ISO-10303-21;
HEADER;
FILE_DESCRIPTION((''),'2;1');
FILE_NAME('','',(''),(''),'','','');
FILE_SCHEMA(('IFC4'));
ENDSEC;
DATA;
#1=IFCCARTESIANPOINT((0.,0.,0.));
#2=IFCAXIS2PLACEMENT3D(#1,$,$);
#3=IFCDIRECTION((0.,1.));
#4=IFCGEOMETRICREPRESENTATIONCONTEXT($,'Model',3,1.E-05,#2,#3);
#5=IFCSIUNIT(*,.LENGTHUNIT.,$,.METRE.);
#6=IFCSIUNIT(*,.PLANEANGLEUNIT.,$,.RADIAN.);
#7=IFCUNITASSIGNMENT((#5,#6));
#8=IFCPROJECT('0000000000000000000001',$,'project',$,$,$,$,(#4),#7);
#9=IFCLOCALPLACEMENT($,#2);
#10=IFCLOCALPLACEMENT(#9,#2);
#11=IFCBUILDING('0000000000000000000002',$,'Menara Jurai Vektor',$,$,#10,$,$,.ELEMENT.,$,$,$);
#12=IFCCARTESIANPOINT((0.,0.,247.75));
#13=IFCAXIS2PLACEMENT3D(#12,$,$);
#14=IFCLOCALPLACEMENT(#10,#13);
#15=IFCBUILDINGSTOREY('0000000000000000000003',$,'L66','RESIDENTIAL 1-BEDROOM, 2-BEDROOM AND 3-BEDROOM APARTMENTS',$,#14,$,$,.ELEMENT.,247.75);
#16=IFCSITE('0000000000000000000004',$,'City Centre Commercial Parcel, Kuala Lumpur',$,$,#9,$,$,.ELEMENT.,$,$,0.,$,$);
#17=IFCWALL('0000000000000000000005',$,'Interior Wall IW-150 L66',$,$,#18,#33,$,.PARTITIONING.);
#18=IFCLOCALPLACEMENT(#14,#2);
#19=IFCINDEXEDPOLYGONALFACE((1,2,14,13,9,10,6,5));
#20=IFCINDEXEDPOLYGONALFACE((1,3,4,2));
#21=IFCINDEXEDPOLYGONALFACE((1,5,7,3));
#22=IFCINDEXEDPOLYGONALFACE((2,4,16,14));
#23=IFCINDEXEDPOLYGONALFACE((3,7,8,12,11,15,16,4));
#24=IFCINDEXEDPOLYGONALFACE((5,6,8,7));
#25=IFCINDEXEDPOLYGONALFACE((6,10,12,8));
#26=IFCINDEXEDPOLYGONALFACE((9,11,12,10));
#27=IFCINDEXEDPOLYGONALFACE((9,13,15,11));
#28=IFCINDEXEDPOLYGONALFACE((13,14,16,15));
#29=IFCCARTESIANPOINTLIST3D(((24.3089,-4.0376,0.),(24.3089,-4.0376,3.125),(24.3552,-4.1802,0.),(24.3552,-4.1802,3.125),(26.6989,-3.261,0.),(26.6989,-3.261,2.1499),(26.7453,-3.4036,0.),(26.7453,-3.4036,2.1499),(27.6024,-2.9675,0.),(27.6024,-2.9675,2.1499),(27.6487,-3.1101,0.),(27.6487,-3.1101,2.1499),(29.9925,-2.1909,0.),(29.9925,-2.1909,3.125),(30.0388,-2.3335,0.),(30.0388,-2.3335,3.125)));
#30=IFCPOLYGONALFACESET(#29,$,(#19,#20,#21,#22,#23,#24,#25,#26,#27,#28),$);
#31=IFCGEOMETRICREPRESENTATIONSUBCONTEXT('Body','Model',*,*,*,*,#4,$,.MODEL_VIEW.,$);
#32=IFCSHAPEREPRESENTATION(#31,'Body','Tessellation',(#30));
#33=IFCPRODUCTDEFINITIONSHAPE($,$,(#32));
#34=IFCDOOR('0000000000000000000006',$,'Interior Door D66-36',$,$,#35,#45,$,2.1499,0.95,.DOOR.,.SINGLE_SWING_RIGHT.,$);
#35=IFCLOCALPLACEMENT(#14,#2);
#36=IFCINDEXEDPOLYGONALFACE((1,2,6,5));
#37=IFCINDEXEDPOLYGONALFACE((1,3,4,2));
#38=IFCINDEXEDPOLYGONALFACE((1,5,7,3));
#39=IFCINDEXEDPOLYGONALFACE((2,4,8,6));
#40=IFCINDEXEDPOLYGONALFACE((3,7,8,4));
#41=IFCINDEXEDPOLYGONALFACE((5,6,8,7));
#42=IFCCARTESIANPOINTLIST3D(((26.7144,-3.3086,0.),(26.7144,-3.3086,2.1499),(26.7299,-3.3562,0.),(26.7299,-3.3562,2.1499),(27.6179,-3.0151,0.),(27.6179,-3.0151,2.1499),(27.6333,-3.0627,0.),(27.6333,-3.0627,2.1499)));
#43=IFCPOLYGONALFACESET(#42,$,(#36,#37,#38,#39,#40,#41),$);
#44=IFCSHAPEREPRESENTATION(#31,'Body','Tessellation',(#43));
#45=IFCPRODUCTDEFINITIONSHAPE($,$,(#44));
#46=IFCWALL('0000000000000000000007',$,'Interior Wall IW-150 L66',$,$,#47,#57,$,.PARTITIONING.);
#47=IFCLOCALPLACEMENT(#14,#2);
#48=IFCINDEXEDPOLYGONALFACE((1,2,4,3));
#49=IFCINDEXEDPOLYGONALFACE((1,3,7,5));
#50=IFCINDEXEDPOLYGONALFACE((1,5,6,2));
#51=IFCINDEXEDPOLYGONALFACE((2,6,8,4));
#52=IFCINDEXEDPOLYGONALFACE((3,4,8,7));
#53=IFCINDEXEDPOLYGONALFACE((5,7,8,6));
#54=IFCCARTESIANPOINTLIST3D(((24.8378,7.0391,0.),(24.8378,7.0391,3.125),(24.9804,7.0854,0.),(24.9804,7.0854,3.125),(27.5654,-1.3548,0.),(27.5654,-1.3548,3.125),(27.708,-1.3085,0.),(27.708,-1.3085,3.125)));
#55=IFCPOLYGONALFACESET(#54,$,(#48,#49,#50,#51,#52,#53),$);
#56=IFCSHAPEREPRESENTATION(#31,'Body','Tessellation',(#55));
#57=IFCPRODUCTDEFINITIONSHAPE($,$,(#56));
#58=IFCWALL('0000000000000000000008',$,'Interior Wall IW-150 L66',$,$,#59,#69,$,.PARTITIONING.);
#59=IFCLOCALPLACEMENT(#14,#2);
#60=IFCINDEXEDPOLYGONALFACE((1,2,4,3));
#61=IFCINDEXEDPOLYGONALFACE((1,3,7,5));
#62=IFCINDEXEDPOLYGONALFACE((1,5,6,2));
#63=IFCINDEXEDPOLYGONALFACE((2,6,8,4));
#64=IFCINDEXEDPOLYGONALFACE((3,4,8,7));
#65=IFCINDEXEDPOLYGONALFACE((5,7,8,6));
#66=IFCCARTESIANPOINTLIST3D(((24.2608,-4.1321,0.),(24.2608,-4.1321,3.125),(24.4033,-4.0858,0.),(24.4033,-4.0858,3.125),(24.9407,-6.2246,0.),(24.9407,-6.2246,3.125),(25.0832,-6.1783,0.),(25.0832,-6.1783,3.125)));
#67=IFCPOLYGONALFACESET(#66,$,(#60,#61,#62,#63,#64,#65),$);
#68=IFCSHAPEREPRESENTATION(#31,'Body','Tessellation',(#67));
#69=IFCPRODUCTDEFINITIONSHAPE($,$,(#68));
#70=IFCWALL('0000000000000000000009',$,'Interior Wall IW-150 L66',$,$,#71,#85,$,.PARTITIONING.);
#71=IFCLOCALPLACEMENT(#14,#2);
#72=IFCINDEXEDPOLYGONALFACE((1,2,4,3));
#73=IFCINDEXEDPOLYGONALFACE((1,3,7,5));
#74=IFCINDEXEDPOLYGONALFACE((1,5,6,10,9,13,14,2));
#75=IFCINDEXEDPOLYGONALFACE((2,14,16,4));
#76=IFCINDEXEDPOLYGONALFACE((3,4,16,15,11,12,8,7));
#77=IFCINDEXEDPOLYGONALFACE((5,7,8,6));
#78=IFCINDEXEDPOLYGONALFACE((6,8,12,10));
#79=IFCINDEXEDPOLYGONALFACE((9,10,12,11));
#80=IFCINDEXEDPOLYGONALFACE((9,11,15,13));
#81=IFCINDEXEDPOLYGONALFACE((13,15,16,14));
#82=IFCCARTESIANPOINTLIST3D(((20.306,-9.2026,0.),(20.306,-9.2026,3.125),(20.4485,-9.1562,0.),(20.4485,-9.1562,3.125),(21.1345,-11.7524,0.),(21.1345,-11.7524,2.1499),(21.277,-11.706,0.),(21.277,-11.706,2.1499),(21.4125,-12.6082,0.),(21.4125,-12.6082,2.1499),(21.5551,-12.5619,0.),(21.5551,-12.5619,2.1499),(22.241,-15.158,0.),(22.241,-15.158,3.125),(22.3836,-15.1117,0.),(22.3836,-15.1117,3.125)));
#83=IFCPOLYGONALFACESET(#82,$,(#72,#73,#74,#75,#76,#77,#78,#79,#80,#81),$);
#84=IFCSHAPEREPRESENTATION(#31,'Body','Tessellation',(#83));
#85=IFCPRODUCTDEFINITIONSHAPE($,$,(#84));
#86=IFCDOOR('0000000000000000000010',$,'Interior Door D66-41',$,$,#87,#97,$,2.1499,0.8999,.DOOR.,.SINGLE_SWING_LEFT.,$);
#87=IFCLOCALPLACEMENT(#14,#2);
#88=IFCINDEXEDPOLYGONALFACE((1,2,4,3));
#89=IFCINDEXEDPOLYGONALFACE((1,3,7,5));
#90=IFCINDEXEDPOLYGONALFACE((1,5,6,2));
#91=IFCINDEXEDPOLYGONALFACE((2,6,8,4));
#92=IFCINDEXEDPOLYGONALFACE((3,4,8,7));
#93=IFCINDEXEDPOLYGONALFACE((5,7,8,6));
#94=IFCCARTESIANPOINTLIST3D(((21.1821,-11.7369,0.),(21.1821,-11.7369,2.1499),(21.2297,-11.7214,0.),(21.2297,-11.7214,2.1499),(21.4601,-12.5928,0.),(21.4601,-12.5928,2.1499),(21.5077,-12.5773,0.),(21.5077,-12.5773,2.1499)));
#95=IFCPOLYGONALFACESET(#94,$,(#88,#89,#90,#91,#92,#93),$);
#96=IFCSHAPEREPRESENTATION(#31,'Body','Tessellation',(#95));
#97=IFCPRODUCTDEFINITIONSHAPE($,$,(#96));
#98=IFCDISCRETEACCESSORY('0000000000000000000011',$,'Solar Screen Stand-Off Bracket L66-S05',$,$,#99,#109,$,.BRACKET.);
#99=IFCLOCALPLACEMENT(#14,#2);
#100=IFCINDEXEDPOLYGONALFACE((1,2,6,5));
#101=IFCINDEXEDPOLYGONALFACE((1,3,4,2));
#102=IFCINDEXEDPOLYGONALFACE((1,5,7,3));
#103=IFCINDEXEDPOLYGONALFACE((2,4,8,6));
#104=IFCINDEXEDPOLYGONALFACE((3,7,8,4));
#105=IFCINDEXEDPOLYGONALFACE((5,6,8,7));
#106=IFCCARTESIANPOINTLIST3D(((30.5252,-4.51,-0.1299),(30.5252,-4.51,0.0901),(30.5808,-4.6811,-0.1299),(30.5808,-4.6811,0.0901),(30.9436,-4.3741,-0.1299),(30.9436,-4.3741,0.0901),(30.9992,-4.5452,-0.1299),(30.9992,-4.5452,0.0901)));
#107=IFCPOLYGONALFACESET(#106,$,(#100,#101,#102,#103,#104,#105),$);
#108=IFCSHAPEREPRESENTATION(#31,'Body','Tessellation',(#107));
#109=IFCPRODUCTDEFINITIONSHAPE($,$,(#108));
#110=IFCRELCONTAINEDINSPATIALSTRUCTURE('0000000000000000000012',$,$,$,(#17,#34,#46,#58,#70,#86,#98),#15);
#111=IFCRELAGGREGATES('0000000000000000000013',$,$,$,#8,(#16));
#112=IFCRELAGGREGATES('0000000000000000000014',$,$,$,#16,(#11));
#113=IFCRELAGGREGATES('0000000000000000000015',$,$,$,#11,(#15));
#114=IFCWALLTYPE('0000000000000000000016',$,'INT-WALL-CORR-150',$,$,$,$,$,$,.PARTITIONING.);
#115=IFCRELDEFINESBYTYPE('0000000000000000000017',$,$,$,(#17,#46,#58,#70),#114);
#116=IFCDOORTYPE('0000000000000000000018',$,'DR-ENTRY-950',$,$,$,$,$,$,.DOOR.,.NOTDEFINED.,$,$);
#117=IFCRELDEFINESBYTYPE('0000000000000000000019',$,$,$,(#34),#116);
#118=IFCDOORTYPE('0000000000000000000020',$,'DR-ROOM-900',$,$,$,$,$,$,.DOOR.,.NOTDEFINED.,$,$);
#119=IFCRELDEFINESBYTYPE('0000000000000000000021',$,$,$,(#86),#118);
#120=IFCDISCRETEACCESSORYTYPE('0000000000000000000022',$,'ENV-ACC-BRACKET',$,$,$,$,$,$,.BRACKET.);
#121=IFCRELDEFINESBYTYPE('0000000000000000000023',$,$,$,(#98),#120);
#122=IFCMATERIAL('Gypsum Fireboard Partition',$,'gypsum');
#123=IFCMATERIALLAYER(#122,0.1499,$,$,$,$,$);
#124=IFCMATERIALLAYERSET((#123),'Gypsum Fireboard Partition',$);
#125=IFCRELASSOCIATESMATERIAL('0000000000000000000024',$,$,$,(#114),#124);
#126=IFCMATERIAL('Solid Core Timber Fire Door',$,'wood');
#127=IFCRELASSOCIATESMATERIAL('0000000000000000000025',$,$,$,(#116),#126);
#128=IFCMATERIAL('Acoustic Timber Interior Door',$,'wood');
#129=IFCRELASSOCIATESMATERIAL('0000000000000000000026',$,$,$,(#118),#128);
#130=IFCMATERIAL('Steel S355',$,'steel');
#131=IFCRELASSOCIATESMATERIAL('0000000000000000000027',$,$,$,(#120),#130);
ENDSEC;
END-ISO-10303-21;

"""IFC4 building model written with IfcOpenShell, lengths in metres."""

from ifc_helpers import new_model, si_unit, direction, frame, frame_2d, origin, origin_2d, place, context, subcontext, project, spatial, rectangle, extrude, material, layer, layer_set, type_object, element, fill, save


model = new_model("IFC4")

# Units and contexts
model_context = context("Model", 3, precision=1e-05, world=origin(), true_north=direction((0.0, 1.0)))
body_context = subcontext(model_context, "Body", "Model", "MODEL_VIEW")
ifc_project = project(units=[si_unit("LENGTHUNIT", "METRE"), si_unit("PLANEANGLEUNIT", "RADIAN")], contexts=[model_context])

# Site, building, storey
site_placement = place(None, origin())
site = spatial("IfcSite", under=ifc_project, at=site_placement, Name="City Centre Commercial Parcel, Kuala Lumpur", CompositionType="ELEMENT", RefElevation=0.0)
building_placement = place(site_placement, origin())
building = spatial("IfcBuilding", under=site, at=building_placement, Name="Menara Jurai Vektor", CompositionType="ELEMENT")
storey_placement = place(building_placement, frame((0.0, 0.0, 247.75)))
storey = spatial("IfcBuildingStorey", under=building, at=storey_placement, Name="L66", Description="RESIDENTIAL 1-BEDROOM, 2-BEDROOM AND 3-BEDROOM APARTMENTS", CompositionType="ELEMENT", Elevation=247.75)

# Shared definitions
ifc_material_1 = material(Name="Steel S355", Category="steel")

# Wall, opening, door
ifc_material_2 = material(Name="Gypsum Fireboard Partition", Category="gypsum")
ifc_layer_1 = layer(ifc_material_2, 0.1499)
ifc_layer_set_1 = layer_set([ifc_layer_1], Name="Gypsum Fireboard Partition")
wall_type = type_object("IfcWallType", Name="INT-WALL-CORR-150", PredefinedType="PARTITIONING", material=ifc_layer_set_1)
wall_1_placement = place(storey_placement, frame((24.332, -4.1089, 0.0), z_axis=(0.0, 0.0, 1.0), x_axis=(0.951058, 0.309012, 0.0)))
wall_1 = element("IfcWall", 1, at=wall_1_placement, inside=storey, type_object=wall_type, Name="Interior Wall IW-150 L66", PredefinedType="PARTITIONING", context=body_context, shape_type="SweptSolid", body=[
    extrude(rectangle(XDim=5.9761, YDim=0.1499, at=frame_2d((2.988, 0.0))), origin(), (0.0, 0.0, 1.0), 3.125),
])
opening_1_placement = place(wall_1_placement, frame((2.5129, 0.0, 0.0)))
opening_1 = element("IfcOpeningElement", 2, at=opening_1_placement, cuts=wall_1, PredefinedType="OPENING", context=body_context, shape_type="SweptSolid", body=[
    extrude(rectangle(XDim=0.95, YDim=2.1499, at=frame_2d((0.4751, 1.075))), frame((0.0, 0.085, 0.0), z_axis=(0.0, -1.0, 0.0), x_axis=(1.0, 0.0, 0.0)), (0.0, 0.0, 1.0), 0.1699),
])
ifc_material_3 = material(Name="Solid Core Timber Fire Door", Category="wood")
door_type_1 = type_object("IfcDoorType", Name="DR-ENTRY-950", OperationType="NOTDEFINED", PredefinedType="DOOR", material=ifc_material_3)
door_1_placement = place(opening_1_placement, origin())
door_1 = element("IfcDoor", 3, at=door_1_placement, inside=storey, type_object=door_type_1, Name="Interior Door D66-36", OperationType="SINGLE_SWING_RIGHT", OverallHeight=2.1499, OverallWidth=0.95, PredefinedType="DOOR", context=body_context, shape_type="SweptSolid", body=[
    extrude(rectangle(XDim=0.95, YDim=2.1499, at=frame_2d((0.4751, 1.075))), frame((0.0, 0.0249, 0.0), z_axis=(0.0, -1.0, 0.0), x_axis=(1.0, 0.0, 0.0)), (0.0, 0.0, 1.0), 0.05),
])
fill(opening_1, door_1)

# Walls
wall_2_placement = place(storey_placement, frame((27.6367, -1.3318, 0.0), z_axis=(0.0, 0.0, 1.0), x_axis=(-0.30904, 0.951049, 0.0)))
element("IfcWall", 4, at=wall_2_placement, inside=storey, type_object=wall_type, Name="Interior Wall IW-150 L66", PredefinedType="PARTITIONING", context=body_context, shape_type="SweptSolid", body=[
    extrude(rectangle(XDim=8.8259, YDim=0.1499, at=frame_2d((4.4131, 0.0))), origin(), (0.0, 0.0, 1.0), 3.125),
])
wall_3_placement = place(storey_placement, frame((25.012, -6.2014, 0.0), z_axis=(0.0, 0.0, 1.0), x_axis=(-0.309028, 0.951053, 0.0)))
element("IfcWall", 5, at=wall_3_placement, inside=storey, type_object=wall_type, Name="Interior Wall IW-150 L66", PredefinedType="PARTITIONING", context=body_context, shape_type="SweptSolid", body=[
    extrude(rectangle(XDim=2.2002, YDim=0.1499, at=frame_2d((1.1001, 0.0))), origin(), (0.0, 0.0, 1.0), 3.125),
])

# Wall, opening, door
wall_4_placement = place(storey_placement, frame((22.3123, -15.1348, 0.0), z_axis=(0.0, 0.0, 1.0), x_axis=(-0.309014, 0.951058, 0.0)))
wall_4 = element("IfcWall", 6, at=wall_4_placement, inside=storey, type_object=wall_type, Name="Interior Wall IW-150 L66", PredefinedType="PARTITIONING", context=body_context, shape_type="SweptSolid", body=[
    extrude(rectangle(XDim=6.262, YDim=0.1499, at=frame_2d((3.1309, 0.0))), origin(), (0.0, 0.0, 1.0), 3.125),
])
opening_2_placement = place(wall_4_placement, frame((2.6809, 0.0, 0.0)))
opening_2 = element("IfcOpeningElement", 7, at=opening_2_placement, cuts=wall_4, PredefinedType="OPENING", context=body_context, shape_type="SweptSolid", body=[
    extrude(rectangle(XDim=0.8999, YDim=2.1499, at=frame_2d((0.45, 1.075))), frame((0.0, 0.085, 0.0), z_axis=(0.0, -1.0, 0.0), x_axis=(1.0, 0.0, 0.0)), (0.0, 0.0, 1.0), 0.1699),
])
ifc_material_4 = material(Name="Acoustic Timber Interior Door", Category="wood")
door_type_2 = type_object("IfcDoorType", Name="DR-ROOM-900", OperationType="NOTDEFINED", PredefinedType="DOOR", material=ifc_material_4)
door_2_placement = place(opening_2_placement, origin())
door_2 = element("IfcDoor", 8, at=door_2_placement, inside=storey, type_object=door_type_2, Name="Interior Door D66-41", OperationType="SINGLE_SWING_LEFT", OverallHeight=2.1499, OverallWidth=0.8999, PredefinedType="DOOR", context=body_context, shape_type="SweptSolid", body=[
    extrude(rectangle(XDim=0.8999, YDim=2.1499, at=frame_2d((0.45, 1.075))), frame((0.0, 0.0249, 0.0), z_axis=(0.0, -1.0, 0.0), x_axis=(1.0, 0.0, 0.0)), (0.0, 0.0, 1.0), 0.05),
])
fill(opening_2, door_2)

# Discrete accessory
discrete_accessory_type = type_object("IfcDiscreteAccessoryType", Name="ENV-ACC-BRACKET", PredefinedType="BRACKET", material=ifc_material_1)
discrete_accessory_placement = place(storey_placement, frame((30.7622, -4.5276, -0.1299), z_axis=(0.0, 0.0, 1.0), x_axis=(-0.309017, 0.951057, 0.0)))
element("IfcDiscreteAccessory", 9, at=discrete_accessory_placement, inside=storey, type_object=discrete_accessory_type, Name="Solar Screen Stand-Off Bracket L66-S05", PredefinedType="BRACKET", context=body_context, shape_type="SweptSolid", body=[
    extrude(rectangle(XDim=0.1799, YDim=0.4399, at=origin_2d()), origin(), (0.0, 0.0, 1.0), 0.22),
])

save(model, "model.ifc")
